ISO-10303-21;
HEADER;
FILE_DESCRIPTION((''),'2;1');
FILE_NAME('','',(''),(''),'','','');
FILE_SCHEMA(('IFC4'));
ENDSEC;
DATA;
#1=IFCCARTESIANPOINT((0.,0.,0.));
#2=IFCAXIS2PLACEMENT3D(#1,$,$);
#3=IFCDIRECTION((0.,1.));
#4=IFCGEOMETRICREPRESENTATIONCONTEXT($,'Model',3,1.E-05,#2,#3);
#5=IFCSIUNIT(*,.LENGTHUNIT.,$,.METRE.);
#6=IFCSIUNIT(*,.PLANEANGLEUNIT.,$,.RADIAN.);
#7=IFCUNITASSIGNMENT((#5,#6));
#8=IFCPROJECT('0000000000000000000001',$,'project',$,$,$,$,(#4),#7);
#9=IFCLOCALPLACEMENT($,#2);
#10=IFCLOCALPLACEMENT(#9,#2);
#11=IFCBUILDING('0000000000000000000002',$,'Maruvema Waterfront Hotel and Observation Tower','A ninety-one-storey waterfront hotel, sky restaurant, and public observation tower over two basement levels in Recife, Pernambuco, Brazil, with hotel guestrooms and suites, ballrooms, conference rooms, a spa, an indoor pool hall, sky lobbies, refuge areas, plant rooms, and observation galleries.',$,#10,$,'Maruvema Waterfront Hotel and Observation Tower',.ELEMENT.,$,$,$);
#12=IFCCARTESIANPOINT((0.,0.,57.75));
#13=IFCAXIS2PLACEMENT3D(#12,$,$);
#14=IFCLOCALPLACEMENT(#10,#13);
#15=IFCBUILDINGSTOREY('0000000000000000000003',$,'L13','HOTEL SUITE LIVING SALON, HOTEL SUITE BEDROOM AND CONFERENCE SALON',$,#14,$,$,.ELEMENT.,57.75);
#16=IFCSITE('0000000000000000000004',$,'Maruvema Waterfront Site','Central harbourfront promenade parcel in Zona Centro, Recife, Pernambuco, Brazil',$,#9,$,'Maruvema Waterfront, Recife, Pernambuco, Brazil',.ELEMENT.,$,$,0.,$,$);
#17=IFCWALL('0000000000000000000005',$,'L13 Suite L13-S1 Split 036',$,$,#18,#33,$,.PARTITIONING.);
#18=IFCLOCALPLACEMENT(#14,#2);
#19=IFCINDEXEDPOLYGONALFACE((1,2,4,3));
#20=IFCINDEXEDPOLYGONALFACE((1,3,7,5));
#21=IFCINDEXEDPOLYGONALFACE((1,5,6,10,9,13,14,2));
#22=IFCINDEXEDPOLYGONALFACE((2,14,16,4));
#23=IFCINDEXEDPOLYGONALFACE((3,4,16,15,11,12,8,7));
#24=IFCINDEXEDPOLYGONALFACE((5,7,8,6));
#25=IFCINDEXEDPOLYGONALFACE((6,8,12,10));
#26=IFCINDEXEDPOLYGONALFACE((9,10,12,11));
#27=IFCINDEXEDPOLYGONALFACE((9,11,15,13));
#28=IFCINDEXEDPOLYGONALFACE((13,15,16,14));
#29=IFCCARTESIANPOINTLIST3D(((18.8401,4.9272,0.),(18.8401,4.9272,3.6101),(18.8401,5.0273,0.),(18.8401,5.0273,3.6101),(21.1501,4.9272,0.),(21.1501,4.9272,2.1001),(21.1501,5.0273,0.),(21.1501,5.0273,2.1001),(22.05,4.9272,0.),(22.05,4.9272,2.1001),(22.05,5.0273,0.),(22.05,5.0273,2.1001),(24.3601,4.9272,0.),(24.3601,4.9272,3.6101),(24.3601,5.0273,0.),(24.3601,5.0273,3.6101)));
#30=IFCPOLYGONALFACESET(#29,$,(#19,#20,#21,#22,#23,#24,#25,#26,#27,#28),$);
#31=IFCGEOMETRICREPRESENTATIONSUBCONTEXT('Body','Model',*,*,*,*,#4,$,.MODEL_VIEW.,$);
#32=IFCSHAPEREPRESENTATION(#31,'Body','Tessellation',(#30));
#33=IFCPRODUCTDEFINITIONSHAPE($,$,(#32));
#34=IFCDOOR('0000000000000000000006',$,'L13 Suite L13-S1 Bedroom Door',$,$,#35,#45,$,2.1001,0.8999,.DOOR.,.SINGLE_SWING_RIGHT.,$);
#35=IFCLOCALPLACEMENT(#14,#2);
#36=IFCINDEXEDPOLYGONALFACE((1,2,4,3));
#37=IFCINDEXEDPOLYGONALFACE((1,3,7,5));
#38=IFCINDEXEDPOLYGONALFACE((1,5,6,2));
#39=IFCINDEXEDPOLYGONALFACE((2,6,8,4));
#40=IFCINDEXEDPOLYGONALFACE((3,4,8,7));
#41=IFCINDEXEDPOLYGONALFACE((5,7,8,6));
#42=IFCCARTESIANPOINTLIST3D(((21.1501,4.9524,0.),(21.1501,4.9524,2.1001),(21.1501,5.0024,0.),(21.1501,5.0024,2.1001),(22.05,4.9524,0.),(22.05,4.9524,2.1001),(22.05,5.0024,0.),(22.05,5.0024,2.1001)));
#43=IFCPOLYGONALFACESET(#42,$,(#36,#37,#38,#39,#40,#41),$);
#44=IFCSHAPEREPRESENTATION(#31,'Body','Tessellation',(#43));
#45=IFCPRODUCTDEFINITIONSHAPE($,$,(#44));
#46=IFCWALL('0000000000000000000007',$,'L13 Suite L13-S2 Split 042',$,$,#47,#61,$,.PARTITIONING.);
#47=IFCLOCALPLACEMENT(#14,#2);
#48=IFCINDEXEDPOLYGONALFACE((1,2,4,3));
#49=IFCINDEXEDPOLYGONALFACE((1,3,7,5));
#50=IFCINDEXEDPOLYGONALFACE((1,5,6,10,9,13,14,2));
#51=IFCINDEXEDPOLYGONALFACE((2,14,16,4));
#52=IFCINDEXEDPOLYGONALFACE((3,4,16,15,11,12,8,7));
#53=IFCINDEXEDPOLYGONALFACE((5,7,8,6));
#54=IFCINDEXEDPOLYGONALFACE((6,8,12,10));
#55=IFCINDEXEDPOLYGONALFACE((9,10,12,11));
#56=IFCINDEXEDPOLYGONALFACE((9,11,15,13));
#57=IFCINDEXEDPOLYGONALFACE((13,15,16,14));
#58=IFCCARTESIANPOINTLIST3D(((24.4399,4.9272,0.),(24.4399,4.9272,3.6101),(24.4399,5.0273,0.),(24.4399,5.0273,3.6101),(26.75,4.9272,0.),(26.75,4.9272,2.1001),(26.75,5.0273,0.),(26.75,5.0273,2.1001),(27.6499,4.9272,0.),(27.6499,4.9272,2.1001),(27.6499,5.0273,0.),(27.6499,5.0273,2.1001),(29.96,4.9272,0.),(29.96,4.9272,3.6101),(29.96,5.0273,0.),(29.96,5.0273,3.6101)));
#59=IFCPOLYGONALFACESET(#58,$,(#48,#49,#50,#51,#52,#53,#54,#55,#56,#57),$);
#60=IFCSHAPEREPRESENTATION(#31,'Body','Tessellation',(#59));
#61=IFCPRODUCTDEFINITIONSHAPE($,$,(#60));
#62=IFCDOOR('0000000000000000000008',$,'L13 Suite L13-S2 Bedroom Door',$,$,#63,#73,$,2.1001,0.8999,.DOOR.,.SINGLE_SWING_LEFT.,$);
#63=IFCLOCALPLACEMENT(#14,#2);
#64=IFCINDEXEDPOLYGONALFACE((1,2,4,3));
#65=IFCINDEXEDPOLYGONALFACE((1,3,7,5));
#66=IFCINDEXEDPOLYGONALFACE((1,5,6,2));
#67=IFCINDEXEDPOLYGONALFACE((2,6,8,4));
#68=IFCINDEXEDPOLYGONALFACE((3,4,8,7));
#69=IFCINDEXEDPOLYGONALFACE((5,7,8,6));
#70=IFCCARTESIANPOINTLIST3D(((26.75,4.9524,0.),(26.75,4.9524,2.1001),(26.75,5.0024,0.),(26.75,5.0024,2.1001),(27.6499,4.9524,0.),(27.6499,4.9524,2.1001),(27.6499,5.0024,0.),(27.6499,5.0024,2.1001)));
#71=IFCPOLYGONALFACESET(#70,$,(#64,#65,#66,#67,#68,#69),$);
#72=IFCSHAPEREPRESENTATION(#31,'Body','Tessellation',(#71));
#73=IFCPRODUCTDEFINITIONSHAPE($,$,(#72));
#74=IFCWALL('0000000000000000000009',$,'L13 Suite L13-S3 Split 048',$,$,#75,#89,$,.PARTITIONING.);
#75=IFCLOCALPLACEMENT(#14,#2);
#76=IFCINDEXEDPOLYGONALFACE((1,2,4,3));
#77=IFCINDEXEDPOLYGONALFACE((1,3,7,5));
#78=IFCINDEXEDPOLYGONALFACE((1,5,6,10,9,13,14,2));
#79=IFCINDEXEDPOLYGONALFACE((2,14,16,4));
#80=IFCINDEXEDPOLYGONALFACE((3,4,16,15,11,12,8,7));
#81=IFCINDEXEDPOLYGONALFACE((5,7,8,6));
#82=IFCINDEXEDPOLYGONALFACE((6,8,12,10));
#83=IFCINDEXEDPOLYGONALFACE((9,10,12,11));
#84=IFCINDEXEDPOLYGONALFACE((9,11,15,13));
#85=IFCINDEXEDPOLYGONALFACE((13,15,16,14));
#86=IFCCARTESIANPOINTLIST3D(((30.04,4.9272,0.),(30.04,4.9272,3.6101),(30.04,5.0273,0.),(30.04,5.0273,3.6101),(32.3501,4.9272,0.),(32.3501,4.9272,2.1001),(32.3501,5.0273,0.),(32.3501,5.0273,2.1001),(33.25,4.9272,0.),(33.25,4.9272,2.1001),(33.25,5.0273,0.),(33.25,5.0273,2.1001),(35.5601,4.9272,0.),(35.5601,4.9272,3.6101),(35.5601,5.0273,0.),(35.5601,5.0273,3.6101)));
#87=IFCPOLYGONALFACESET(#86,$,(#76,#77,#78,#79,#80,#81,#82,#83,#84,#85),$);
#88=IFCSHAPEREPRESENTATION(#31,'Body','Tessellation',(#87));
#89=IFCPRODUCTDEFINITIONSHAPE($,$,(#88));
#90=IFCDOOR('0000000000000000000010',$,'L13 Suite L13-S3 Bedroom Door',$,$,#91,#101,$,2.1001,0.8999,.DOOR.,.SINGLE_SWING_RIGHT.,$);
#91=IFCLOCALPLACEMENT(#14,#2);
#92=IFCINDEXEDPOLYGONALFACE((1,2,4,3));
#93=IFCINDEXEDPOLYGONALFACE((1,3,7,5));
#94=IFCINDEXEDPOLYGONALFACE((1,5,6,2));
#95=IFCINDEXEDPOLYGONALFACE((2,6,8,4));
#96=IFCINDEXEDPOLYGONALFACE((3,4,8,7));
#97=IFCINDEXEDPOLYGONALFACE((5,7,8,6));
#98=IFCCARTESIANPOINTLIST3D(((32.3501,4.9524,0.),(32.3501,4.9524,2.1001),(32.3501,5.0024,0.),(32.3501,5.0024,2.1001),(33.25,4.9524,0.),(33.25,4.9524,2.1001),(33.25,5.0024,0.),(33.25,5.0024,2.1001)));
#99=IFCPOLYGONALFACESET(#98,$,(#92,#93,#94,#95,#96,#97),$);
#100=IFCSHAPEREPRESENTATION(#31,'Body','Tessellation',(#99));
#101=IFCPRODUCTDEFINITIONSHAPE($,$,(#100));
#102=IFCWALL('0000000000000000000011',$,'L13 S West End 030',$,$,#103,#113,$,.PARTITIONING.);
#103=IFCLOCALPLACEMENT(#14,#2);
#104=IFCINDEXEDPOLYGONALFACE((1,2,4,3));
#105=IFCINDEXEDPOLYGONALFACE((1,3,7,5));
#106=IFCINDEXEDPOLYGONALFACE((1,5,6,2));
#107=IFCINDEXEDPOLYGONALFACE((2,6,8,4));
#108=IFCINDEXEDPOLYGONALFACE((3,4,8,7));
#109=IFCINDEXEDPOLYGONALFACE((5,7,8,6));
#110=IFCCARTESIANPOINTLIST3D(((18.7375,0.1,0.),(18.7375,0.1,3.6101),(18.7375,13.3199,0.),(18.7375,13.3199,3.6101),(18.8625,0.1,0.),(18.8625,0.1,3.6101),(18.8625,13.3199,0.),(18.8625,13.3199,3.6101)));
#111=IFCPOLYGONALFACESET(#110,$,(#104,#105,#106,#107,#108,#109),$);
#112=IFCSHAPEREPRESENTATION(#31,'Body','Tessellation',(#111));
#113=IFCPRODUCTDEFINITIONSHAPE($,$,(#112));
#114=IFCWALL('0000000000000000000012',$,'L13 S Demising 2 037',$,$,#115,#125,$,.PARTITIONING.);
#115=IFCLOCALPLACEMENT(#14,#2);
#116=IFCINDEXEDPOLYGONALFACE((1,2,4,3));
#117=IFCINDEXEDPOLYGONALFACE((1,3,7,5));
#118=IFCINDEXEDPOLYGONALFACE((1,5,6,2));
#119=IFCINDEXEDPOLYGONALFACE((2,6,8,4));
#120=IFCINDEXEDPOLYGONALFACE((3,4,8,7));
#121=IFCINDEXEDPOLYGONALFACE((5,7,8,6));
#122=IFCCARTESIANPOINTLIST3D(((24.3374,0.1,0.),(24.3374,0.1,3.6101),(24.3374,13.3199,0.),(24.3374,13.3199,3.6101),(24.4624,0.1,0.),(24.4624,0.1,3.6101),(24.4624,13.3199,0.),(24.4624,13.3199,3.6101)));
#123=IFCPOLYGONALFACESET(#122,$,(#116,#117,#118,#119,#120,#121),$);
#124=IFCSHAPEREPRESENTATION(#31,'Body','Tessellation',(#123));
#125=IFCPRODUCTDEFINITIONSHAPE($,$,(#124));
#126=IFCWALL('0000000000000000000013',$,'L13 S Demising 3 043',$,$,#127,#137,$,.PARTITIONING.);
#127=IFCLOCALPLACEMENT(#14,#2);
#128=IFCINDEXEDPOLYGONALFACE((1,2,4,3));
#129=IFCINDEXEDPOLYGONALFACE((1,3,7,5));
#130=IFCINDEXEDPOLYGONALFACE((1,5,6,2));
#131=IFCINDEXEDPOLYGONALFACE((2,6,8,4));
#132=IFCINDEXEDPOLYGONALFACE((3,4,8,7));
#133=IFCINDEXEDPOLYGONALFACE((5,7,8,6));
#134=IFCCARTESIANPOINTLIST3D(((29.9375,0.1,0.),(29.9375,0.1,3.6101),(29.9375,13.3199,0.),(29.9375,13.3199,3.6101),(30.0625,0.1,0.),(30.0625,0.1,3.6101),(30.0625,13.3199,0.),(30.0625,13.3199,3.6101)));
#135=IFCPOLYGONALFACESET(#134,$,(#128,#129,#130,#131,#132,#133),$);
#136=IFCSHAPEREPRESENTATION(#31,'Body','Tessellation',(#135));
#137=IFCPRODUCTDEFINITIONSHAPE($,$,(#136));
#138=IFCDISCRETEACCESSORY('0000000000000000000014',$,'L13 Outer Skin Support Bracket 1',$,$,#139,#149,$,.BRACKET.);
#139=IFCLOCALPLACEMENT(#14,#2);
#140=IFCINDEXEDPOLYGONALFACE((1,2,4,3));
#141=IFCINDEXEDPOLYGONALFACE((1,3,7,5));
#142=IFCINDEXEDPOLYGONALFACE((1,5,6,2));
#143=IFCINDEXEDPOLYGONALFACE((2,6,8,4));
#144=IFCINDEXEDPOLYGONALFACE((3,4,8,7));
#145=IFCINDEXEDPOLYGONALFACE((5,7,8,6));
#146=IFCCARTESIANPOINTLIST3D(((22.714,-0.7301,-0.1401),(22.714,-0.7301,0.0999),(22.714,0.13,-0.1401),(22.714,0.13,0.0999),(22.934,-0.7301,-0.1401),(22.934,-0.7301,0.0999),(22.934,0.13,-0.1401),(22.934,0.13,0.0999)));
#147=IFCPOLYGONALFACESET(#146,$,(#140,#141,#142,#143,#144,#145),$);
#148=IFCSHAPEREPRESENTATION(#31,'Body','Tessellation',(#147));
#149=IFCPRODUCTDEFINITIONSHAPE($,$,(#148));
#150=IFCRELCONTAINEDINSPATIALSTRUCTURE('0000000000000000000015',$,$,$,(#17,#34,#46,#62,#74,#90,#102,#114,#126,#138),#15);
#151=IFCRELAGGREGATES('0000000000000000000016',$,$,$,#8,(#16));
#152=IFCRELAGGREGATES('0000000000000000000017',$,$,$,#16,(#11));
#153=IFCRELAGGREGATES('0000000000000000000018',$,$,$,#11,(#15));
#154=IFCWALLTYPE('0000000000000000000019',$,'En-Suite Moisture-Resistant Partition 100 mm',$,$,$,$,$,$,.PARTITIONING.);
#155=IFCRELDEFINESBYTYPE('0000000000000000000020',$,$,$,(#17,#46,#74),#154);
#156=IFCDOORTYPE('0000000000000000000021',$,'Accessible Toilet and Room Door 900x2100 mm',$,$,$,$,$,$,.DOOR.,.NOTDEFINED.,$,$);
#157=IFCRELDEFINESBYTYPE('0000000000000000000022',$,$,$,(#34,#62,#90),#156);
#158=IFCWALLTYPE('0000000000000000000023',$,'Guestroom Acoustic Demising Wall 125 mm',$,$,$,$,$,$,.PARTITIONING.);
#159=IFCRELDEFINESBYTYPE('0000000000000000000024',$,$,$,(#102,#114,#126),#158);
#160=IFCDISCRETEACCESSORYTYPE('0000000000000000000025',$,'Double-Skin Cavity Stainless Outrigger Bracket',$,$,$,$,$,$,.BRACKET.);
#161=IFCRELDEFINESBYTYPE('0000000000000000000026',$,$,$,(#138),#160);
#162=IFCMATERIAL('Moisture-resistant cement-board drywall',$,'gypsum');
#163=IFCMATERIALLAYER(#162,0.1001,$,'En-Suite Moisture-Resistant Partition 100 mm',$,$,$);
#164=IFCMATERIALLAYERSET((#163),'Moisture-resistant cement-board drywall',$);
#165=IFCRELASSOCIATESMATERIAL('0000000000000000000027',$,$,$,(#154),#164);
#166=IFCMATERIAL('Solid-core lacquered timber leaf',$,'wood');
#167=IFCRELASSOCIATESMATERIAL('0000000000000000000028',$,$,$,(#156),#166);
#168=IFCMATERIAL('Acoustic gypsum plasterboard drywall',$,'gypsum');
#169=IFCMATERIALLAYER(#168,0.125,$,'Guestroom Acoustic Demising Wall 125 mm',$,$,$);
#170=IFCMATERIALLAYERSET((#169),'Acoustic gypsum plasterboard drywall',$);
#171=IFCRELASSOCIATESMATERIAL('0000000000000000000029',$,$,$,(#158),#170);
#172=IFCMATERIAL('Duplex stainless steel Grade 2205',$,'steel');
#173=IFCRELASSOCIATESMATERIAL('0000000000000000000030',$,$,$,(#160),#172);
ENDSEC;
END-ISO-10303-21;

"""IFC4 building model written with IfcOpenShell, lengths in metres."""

from ifc_helpers import new_model, si_unit, direction, frame, frame_2d, origin, origin_2d, place, context, subcontext, project, spatial, rectangle, extrude, material, layer, layer_set, type_object, element, fill, save


model = new_model("IFC4")

# Units and contexts
model_context = context("Model", 3, precision=1e-05, world=origin(), true_north=direction((0.0, 1.0)))
body_context = subcontext(model_context, "Body", "Model", "MODEL_VIEW")
ifc_project = project(units=[si_unit("LENGTHUNIT", "METRE"), si_unit("PLANEANGLEUNIT", "RADIAN")], contexts=[model_context])

# Site, building, storey
site_placement = place(None, origin())
site = spatial("IfcSite", under=ifc_project, at=site_placement, Name="Maruvema Waterfront Site", Description="Central harbourfront promenade parcel in Zona Centro, Recife, Pernambuco, Brazil", LongName="Maruvema Waterfront, Recife, Pernambuco, Brazil", CompositionType="ELEMENT", RefElevation=0.0)
building_placement = place(site_placement, origin())
building = spatial("IfcBuilding", under=site, at=building_placement, Name="Maruvema Waterfront Hotel and Observation Tower", Description="A ninety-one-storey waterfront hotel, sky restaurant, and public observation tower over two basement levels in Recife, Pernambuco, Brazil, with hotel guestrooms and suites, ballrooms, conference rooms, a spa, an indoor pool hall, sky lobbies, refuge areas, plant rooms, and observation galleries.", LongName="Maruvema Waterfront Hotel and Observation Tower", CompositionType="ELEMENT")
storey_placement = place(building_placement, frame((0.0, 0.0, 57.75)))
storey = spatial("IfcBuildingStorey", under=building, at=storey_placement, Name="L13", Description="HOTEL SUITE LIVING SALON, HOTEL SUITE BEDROOM AND CONFERENCE SALON", CompositionType="ELEMENT", Elevation=57.75)

# Walls, openings, doors
ifc_material_1 = material(Name="Moisture-resistant cement-board drywall", Category="gypsum")
ifc_layer_1 = layer(ifc_material_1, 0.1001, Name="En-Suite Moisture-Resistant Partition 100 mm")
ifc_layer_set_1 = layer_set([ifc_layer_1], Name="Moisture-resistant cement-board drywall")
wall_type_1 = type_object("IfcWallType", Name="En-Suite Moisture-Resistant Partition 100 mm", PredefinedType="PARTITIONING", material=ifc_layer_set_1)
wall_1_placement = place(storey_placement, frame((18.8401, 4.9773, 0.0), z_axis=(0.0, 0.0, 1.0), x_axis=(1.0, 0.0, 0.0)))
wall_1 = element("IfcWall", 1, at=wall_1_placement, inside=storey, type_object=wall_type_1, Name="L13 Suite L13-S1 Split 036", PredefinedType="PARTITIONING", context=body_context, shape_type="SweptSolid", body=[
    extrude(rectangle(XDim=5.52, YDim=0.1001, at=frame_2d((2.76, 0.0))), origin(), (0.0, 0.0, 1.0), 3.6101),
])
opening_1_placement = place(wall_1_placement, frame((2.3101, 0.0, 0.0)))
opening_1 = element("IfcOpeningElement", 2, at=opening_1_placement, cuts=wall_1, PredefinedType="OPENING", context=body_context, shape_type="SweptSolid", body=[
    extrude(rectangle(XDim=0.8999, YDim=2.1001, at=frame_2d((0.45, 1.05))), frame((0.0, 0.0601, 0.0), z_axis=(0.0, -1.0, 0.0), x_axis=(1.0, 0.0, 0.0)), (0.0, 0.0, 1.0), 0.1201),
])
ifc_material_2 = material(Name="Solid-core lacquered timber leaf", Category="wood")
door_type = type_object("IfcDoorType", Name="Accessible Toilet and Room Door 900x2100 mm", OperationType="NOTDEFINED", PredefinedType="DOOR", material=ifc_material_2)
door_1_placement = place(opening_1_placement, frame((0.8999, 0.0, 0.0), z_axis=(0.0, 0.0, 1.0), x_axis=(-1.0, 0.0, 0.0)))
door_1 = element("IfcDoor", 3, at=door_1_placement, inside=storey, type_object=door_type, Name="L13 Suite L13-S1 Bedroom Door", OperationType="SINGLE_SWING_RIGHT", OverallHeight=2.1001, OverallWidth=0.8999, PredefinedType="DOOR", context=body_context, shape_type="SweptSolid", body=[
    extrude(rectangle(XDim=0.8999, YDim=2.1001, at=frame_2d((0.45, 1.05))), frame((0.0, 0.0249, 0.0), z_axis=(0.0, -1.0, 0.0), x_axis=(1.0, 0.0, 0.0)), (0.0, 0.0, 1.0), 0.05),
])
fill(opening_1, door_1)
wall_2_placement = place(storey_placement, frame((24.4399, 4.9773, 0.0), z_axis=(0.0, 0.0, 1.0), x_axis=(1.0, 0.0, 0.0)))
wall_2 = element("IfcWall", 4, at=wall_2_placement, inside=storey, type_object=wall_type_1, Name="L13 Suite L13-S2 Split 042", PredefinedType="PARTITIONING", context=body_context, shape_type="SweptSolid", body=[
    extrude(rectangle(XDim=5.52, YDim=0.1001, at=frame_2d((2.76, 0.0))), origin(), (0.0, 0.0, 1.0), 3.6101),
])
opening_2_placement = place(wall_2_placement, frame((2.3101, 0.0, 0.0)))
opening_2 = element("IfcOpeningElement", 5, at=opening_2_placement, cuts=wall_2, PredefinedType="OPENING", context=body_context, shape_type="SweptSolid", body=[
    extrude(rectangle(XDim=0.8999, YDim=2.1001, at=frame_2d((0.45, 1.05))), frame((0.0, 0.0601, 0.0), z_axis=(0.0, -1.0, 0.0), x_axis=(1.0, 0.0, 0.0)), (0.0, 0.0, 1.0), 0.1201),
])
door_2_placement = place(opening_2_placement, frame((0.8999, 0.0, 0.0), z_axis=(0.0, 0.0, 1.0), x_axis=(-1.0, 0.0, 0.0)))
door_2 = element("IfcDoor", 6, at=door_2_placement, inside=storey, type_object=door_type, Name="L13 Suite L13-S2 Bedroom Door", OperationType="SINGLE_SWING_LEFT", OverallHeight=2.1001, OverallWidth=0.8999, PredefinedType="DOOR", context=body_context, shape_type="SweptSolid", body=[
    extrude(rectangle(XDim=0.8999, YDim=2.1001, at=frame_2d((0.45, 1.05))), frame((0.0, 0.0249, 0.0), z_axis=(0.0, -1.0, 0.0), x_axis=(1.0, 0.0, 0.0)), (0.0, 0.0, 1.0), 0.05),
])
fill(opening_2, door_2)
wall_3_placement = place(storey_placement, frame((30.04, 4.9773, 0.0), z_axis=(0.0, 0.0, 1.0), x_axis=(1.0, 0.0, 0.0)))
wall_3 = element("IfcWall", 7, at=wall_3_placement, inside=storey, type_object=wall_type_1, Name="L13 Suite L13-S3 Split 048", PredefinedType="PARTITIONING", context=body_context, shape_type="SweptSolid", body=[
    extrude(rectangle(XDim=5.52, YDim=0.1001, at=frame_2d((2.76, 0.0))), origin(), (0.0, 0.0, 1.0), 3.6101),
])
opening_3_placement = place(wall_3_placement, frame((2.3101, 0.0, 0.0)))
opening_3 = element("IfcOpeningElement", 8, at=opening_3_placement, cuts=wall_3, PredefinedType="OPENING", context=body_context, shape_type="SweptSolid", body=[
    extrude(rectangle(XDim=0.8999, YDim=2.1001, at=frame_2d((0.45, 1.05))), frame((0.0, 0.0601, 0.0), z_axis=(0.0, -1.0, 0.0), x_axis=(1.0, 0.0, 0.0)), (0.0, 0.0, 1.0), 0.1201),
])
door_3_placement = place(opening_3_placement, frame((0.8999, 0.0, 0.0), z_axis=(0.0, 0.0, 1.0), x_axis=(-1.0, 0.0, 0.0)))
door_3 = element("IfcDoor", 9, at=door_3_placement, inside=storey, type_object=door_type, Name="L13 Suite L13-S3 Bedroom Door", OperationType="SINGLE_SWING_RIGHT", OverallHeight=2.1001, OverallWidth=0.8999, PredefinedType="DOOR", context=body_context, shape_type="SweptSolid", body=[
    extrude(rectangle(XDim=0.8999, YDim=2.1001, at=frame_2d((0.45, 1.05))), frame((0.0, 0.0249, 0.0), z_axis=(0.0, -1.0, 0.0), x_axis=(1.0, 0.0, 0.0)), (0.0, 0.0, 1.0), 0.05),
])
fill(opening_3, door_3)

# Walls
ifc_material_3 = material(Name="Acoustic gypsum plasterboard drywall", Category="gypsum")
ifc_layer_2 = layer(ifc_material_3, 0.125, Name="Guestroom Acoustic Demising Wall 125 mm")
ifc_layer_set_2 = layer_set([ifc_layer_2], Name="Acoustic gypsum plasterboard drywall")
wall_type_2 = type_object("IfcWallType", Name="Guestroom Acoustic Demising Wall 125 mm", PredefinedType="PARTITIONING", material=ifc_layer_set_2)
for number, where, z_axis, x_axis, name in (
    (10, (18.8, 0.1001, 0.0), (0.0, 0.0, 1.0), (0.0, 1.0, 0.0), "L13 S West End 030"),
    (11, (24.3999, 0.1001, 0.0), (0.0, 0.0, 1.0), (0.0, 1.0, 0.0), "L13 S Demising 2 037"),
    (12, (30.0, 0.1001, 0.0), (0.0, 0.0, 1.0), (0.0, 1.0, 0.0), "L13 S Demising 3 043"),
):
    element("IfcWall", number, at=place(storey_placement, frame(where, z_axis=z_axis, x_axis=x_axis)), inside=storey, type_object=wall_type_2, Name=name, PredefinedType="PARTITIONING", context=body_context, shape_type="SweptSolid", body=[
        extrude(rectangle(XDim=13.22, YDim=0.125, at=frame_2d((6.6099, 0.0))), origin(), (0.0, 0.0, 1.0), 3.6101),
    ])

# Discrete accessory
ifc_material_4 = material(Name="Duplex stainless steel Grade 2205", Category="steel")
discrete_accessory_type = type_object("IfcDiscreteAccessoryType", Name="Double-Skin Cavity Stainless Outrigger Bracket", PredefinedType="BRACKET", material=ifc_material_4)
discrete_accessory_placement = place(storey_placement, frame((22.824, -0.3, -0.1401), z_axis=(0.0, 0.0, 1.0), x_axis=(1.0, 0.0, 0.0)))
element("IfcDiscreteAccessory", 13, at=discrete_accessory_placement, inside=storey, type_object=discrete_accessory_type, Name="L13 Outer Skin Support Bracket 1", PredefinedType="BRACKET", context=body_context, shape_type="SweptSolid", body=[
    extrude(rectangle(XDim=0.22, YDim=0.8601, at=origin_2d()), origin(), (0.0, 0.0, 1.0), 0.24),
])

save(model, "model.ifc")
